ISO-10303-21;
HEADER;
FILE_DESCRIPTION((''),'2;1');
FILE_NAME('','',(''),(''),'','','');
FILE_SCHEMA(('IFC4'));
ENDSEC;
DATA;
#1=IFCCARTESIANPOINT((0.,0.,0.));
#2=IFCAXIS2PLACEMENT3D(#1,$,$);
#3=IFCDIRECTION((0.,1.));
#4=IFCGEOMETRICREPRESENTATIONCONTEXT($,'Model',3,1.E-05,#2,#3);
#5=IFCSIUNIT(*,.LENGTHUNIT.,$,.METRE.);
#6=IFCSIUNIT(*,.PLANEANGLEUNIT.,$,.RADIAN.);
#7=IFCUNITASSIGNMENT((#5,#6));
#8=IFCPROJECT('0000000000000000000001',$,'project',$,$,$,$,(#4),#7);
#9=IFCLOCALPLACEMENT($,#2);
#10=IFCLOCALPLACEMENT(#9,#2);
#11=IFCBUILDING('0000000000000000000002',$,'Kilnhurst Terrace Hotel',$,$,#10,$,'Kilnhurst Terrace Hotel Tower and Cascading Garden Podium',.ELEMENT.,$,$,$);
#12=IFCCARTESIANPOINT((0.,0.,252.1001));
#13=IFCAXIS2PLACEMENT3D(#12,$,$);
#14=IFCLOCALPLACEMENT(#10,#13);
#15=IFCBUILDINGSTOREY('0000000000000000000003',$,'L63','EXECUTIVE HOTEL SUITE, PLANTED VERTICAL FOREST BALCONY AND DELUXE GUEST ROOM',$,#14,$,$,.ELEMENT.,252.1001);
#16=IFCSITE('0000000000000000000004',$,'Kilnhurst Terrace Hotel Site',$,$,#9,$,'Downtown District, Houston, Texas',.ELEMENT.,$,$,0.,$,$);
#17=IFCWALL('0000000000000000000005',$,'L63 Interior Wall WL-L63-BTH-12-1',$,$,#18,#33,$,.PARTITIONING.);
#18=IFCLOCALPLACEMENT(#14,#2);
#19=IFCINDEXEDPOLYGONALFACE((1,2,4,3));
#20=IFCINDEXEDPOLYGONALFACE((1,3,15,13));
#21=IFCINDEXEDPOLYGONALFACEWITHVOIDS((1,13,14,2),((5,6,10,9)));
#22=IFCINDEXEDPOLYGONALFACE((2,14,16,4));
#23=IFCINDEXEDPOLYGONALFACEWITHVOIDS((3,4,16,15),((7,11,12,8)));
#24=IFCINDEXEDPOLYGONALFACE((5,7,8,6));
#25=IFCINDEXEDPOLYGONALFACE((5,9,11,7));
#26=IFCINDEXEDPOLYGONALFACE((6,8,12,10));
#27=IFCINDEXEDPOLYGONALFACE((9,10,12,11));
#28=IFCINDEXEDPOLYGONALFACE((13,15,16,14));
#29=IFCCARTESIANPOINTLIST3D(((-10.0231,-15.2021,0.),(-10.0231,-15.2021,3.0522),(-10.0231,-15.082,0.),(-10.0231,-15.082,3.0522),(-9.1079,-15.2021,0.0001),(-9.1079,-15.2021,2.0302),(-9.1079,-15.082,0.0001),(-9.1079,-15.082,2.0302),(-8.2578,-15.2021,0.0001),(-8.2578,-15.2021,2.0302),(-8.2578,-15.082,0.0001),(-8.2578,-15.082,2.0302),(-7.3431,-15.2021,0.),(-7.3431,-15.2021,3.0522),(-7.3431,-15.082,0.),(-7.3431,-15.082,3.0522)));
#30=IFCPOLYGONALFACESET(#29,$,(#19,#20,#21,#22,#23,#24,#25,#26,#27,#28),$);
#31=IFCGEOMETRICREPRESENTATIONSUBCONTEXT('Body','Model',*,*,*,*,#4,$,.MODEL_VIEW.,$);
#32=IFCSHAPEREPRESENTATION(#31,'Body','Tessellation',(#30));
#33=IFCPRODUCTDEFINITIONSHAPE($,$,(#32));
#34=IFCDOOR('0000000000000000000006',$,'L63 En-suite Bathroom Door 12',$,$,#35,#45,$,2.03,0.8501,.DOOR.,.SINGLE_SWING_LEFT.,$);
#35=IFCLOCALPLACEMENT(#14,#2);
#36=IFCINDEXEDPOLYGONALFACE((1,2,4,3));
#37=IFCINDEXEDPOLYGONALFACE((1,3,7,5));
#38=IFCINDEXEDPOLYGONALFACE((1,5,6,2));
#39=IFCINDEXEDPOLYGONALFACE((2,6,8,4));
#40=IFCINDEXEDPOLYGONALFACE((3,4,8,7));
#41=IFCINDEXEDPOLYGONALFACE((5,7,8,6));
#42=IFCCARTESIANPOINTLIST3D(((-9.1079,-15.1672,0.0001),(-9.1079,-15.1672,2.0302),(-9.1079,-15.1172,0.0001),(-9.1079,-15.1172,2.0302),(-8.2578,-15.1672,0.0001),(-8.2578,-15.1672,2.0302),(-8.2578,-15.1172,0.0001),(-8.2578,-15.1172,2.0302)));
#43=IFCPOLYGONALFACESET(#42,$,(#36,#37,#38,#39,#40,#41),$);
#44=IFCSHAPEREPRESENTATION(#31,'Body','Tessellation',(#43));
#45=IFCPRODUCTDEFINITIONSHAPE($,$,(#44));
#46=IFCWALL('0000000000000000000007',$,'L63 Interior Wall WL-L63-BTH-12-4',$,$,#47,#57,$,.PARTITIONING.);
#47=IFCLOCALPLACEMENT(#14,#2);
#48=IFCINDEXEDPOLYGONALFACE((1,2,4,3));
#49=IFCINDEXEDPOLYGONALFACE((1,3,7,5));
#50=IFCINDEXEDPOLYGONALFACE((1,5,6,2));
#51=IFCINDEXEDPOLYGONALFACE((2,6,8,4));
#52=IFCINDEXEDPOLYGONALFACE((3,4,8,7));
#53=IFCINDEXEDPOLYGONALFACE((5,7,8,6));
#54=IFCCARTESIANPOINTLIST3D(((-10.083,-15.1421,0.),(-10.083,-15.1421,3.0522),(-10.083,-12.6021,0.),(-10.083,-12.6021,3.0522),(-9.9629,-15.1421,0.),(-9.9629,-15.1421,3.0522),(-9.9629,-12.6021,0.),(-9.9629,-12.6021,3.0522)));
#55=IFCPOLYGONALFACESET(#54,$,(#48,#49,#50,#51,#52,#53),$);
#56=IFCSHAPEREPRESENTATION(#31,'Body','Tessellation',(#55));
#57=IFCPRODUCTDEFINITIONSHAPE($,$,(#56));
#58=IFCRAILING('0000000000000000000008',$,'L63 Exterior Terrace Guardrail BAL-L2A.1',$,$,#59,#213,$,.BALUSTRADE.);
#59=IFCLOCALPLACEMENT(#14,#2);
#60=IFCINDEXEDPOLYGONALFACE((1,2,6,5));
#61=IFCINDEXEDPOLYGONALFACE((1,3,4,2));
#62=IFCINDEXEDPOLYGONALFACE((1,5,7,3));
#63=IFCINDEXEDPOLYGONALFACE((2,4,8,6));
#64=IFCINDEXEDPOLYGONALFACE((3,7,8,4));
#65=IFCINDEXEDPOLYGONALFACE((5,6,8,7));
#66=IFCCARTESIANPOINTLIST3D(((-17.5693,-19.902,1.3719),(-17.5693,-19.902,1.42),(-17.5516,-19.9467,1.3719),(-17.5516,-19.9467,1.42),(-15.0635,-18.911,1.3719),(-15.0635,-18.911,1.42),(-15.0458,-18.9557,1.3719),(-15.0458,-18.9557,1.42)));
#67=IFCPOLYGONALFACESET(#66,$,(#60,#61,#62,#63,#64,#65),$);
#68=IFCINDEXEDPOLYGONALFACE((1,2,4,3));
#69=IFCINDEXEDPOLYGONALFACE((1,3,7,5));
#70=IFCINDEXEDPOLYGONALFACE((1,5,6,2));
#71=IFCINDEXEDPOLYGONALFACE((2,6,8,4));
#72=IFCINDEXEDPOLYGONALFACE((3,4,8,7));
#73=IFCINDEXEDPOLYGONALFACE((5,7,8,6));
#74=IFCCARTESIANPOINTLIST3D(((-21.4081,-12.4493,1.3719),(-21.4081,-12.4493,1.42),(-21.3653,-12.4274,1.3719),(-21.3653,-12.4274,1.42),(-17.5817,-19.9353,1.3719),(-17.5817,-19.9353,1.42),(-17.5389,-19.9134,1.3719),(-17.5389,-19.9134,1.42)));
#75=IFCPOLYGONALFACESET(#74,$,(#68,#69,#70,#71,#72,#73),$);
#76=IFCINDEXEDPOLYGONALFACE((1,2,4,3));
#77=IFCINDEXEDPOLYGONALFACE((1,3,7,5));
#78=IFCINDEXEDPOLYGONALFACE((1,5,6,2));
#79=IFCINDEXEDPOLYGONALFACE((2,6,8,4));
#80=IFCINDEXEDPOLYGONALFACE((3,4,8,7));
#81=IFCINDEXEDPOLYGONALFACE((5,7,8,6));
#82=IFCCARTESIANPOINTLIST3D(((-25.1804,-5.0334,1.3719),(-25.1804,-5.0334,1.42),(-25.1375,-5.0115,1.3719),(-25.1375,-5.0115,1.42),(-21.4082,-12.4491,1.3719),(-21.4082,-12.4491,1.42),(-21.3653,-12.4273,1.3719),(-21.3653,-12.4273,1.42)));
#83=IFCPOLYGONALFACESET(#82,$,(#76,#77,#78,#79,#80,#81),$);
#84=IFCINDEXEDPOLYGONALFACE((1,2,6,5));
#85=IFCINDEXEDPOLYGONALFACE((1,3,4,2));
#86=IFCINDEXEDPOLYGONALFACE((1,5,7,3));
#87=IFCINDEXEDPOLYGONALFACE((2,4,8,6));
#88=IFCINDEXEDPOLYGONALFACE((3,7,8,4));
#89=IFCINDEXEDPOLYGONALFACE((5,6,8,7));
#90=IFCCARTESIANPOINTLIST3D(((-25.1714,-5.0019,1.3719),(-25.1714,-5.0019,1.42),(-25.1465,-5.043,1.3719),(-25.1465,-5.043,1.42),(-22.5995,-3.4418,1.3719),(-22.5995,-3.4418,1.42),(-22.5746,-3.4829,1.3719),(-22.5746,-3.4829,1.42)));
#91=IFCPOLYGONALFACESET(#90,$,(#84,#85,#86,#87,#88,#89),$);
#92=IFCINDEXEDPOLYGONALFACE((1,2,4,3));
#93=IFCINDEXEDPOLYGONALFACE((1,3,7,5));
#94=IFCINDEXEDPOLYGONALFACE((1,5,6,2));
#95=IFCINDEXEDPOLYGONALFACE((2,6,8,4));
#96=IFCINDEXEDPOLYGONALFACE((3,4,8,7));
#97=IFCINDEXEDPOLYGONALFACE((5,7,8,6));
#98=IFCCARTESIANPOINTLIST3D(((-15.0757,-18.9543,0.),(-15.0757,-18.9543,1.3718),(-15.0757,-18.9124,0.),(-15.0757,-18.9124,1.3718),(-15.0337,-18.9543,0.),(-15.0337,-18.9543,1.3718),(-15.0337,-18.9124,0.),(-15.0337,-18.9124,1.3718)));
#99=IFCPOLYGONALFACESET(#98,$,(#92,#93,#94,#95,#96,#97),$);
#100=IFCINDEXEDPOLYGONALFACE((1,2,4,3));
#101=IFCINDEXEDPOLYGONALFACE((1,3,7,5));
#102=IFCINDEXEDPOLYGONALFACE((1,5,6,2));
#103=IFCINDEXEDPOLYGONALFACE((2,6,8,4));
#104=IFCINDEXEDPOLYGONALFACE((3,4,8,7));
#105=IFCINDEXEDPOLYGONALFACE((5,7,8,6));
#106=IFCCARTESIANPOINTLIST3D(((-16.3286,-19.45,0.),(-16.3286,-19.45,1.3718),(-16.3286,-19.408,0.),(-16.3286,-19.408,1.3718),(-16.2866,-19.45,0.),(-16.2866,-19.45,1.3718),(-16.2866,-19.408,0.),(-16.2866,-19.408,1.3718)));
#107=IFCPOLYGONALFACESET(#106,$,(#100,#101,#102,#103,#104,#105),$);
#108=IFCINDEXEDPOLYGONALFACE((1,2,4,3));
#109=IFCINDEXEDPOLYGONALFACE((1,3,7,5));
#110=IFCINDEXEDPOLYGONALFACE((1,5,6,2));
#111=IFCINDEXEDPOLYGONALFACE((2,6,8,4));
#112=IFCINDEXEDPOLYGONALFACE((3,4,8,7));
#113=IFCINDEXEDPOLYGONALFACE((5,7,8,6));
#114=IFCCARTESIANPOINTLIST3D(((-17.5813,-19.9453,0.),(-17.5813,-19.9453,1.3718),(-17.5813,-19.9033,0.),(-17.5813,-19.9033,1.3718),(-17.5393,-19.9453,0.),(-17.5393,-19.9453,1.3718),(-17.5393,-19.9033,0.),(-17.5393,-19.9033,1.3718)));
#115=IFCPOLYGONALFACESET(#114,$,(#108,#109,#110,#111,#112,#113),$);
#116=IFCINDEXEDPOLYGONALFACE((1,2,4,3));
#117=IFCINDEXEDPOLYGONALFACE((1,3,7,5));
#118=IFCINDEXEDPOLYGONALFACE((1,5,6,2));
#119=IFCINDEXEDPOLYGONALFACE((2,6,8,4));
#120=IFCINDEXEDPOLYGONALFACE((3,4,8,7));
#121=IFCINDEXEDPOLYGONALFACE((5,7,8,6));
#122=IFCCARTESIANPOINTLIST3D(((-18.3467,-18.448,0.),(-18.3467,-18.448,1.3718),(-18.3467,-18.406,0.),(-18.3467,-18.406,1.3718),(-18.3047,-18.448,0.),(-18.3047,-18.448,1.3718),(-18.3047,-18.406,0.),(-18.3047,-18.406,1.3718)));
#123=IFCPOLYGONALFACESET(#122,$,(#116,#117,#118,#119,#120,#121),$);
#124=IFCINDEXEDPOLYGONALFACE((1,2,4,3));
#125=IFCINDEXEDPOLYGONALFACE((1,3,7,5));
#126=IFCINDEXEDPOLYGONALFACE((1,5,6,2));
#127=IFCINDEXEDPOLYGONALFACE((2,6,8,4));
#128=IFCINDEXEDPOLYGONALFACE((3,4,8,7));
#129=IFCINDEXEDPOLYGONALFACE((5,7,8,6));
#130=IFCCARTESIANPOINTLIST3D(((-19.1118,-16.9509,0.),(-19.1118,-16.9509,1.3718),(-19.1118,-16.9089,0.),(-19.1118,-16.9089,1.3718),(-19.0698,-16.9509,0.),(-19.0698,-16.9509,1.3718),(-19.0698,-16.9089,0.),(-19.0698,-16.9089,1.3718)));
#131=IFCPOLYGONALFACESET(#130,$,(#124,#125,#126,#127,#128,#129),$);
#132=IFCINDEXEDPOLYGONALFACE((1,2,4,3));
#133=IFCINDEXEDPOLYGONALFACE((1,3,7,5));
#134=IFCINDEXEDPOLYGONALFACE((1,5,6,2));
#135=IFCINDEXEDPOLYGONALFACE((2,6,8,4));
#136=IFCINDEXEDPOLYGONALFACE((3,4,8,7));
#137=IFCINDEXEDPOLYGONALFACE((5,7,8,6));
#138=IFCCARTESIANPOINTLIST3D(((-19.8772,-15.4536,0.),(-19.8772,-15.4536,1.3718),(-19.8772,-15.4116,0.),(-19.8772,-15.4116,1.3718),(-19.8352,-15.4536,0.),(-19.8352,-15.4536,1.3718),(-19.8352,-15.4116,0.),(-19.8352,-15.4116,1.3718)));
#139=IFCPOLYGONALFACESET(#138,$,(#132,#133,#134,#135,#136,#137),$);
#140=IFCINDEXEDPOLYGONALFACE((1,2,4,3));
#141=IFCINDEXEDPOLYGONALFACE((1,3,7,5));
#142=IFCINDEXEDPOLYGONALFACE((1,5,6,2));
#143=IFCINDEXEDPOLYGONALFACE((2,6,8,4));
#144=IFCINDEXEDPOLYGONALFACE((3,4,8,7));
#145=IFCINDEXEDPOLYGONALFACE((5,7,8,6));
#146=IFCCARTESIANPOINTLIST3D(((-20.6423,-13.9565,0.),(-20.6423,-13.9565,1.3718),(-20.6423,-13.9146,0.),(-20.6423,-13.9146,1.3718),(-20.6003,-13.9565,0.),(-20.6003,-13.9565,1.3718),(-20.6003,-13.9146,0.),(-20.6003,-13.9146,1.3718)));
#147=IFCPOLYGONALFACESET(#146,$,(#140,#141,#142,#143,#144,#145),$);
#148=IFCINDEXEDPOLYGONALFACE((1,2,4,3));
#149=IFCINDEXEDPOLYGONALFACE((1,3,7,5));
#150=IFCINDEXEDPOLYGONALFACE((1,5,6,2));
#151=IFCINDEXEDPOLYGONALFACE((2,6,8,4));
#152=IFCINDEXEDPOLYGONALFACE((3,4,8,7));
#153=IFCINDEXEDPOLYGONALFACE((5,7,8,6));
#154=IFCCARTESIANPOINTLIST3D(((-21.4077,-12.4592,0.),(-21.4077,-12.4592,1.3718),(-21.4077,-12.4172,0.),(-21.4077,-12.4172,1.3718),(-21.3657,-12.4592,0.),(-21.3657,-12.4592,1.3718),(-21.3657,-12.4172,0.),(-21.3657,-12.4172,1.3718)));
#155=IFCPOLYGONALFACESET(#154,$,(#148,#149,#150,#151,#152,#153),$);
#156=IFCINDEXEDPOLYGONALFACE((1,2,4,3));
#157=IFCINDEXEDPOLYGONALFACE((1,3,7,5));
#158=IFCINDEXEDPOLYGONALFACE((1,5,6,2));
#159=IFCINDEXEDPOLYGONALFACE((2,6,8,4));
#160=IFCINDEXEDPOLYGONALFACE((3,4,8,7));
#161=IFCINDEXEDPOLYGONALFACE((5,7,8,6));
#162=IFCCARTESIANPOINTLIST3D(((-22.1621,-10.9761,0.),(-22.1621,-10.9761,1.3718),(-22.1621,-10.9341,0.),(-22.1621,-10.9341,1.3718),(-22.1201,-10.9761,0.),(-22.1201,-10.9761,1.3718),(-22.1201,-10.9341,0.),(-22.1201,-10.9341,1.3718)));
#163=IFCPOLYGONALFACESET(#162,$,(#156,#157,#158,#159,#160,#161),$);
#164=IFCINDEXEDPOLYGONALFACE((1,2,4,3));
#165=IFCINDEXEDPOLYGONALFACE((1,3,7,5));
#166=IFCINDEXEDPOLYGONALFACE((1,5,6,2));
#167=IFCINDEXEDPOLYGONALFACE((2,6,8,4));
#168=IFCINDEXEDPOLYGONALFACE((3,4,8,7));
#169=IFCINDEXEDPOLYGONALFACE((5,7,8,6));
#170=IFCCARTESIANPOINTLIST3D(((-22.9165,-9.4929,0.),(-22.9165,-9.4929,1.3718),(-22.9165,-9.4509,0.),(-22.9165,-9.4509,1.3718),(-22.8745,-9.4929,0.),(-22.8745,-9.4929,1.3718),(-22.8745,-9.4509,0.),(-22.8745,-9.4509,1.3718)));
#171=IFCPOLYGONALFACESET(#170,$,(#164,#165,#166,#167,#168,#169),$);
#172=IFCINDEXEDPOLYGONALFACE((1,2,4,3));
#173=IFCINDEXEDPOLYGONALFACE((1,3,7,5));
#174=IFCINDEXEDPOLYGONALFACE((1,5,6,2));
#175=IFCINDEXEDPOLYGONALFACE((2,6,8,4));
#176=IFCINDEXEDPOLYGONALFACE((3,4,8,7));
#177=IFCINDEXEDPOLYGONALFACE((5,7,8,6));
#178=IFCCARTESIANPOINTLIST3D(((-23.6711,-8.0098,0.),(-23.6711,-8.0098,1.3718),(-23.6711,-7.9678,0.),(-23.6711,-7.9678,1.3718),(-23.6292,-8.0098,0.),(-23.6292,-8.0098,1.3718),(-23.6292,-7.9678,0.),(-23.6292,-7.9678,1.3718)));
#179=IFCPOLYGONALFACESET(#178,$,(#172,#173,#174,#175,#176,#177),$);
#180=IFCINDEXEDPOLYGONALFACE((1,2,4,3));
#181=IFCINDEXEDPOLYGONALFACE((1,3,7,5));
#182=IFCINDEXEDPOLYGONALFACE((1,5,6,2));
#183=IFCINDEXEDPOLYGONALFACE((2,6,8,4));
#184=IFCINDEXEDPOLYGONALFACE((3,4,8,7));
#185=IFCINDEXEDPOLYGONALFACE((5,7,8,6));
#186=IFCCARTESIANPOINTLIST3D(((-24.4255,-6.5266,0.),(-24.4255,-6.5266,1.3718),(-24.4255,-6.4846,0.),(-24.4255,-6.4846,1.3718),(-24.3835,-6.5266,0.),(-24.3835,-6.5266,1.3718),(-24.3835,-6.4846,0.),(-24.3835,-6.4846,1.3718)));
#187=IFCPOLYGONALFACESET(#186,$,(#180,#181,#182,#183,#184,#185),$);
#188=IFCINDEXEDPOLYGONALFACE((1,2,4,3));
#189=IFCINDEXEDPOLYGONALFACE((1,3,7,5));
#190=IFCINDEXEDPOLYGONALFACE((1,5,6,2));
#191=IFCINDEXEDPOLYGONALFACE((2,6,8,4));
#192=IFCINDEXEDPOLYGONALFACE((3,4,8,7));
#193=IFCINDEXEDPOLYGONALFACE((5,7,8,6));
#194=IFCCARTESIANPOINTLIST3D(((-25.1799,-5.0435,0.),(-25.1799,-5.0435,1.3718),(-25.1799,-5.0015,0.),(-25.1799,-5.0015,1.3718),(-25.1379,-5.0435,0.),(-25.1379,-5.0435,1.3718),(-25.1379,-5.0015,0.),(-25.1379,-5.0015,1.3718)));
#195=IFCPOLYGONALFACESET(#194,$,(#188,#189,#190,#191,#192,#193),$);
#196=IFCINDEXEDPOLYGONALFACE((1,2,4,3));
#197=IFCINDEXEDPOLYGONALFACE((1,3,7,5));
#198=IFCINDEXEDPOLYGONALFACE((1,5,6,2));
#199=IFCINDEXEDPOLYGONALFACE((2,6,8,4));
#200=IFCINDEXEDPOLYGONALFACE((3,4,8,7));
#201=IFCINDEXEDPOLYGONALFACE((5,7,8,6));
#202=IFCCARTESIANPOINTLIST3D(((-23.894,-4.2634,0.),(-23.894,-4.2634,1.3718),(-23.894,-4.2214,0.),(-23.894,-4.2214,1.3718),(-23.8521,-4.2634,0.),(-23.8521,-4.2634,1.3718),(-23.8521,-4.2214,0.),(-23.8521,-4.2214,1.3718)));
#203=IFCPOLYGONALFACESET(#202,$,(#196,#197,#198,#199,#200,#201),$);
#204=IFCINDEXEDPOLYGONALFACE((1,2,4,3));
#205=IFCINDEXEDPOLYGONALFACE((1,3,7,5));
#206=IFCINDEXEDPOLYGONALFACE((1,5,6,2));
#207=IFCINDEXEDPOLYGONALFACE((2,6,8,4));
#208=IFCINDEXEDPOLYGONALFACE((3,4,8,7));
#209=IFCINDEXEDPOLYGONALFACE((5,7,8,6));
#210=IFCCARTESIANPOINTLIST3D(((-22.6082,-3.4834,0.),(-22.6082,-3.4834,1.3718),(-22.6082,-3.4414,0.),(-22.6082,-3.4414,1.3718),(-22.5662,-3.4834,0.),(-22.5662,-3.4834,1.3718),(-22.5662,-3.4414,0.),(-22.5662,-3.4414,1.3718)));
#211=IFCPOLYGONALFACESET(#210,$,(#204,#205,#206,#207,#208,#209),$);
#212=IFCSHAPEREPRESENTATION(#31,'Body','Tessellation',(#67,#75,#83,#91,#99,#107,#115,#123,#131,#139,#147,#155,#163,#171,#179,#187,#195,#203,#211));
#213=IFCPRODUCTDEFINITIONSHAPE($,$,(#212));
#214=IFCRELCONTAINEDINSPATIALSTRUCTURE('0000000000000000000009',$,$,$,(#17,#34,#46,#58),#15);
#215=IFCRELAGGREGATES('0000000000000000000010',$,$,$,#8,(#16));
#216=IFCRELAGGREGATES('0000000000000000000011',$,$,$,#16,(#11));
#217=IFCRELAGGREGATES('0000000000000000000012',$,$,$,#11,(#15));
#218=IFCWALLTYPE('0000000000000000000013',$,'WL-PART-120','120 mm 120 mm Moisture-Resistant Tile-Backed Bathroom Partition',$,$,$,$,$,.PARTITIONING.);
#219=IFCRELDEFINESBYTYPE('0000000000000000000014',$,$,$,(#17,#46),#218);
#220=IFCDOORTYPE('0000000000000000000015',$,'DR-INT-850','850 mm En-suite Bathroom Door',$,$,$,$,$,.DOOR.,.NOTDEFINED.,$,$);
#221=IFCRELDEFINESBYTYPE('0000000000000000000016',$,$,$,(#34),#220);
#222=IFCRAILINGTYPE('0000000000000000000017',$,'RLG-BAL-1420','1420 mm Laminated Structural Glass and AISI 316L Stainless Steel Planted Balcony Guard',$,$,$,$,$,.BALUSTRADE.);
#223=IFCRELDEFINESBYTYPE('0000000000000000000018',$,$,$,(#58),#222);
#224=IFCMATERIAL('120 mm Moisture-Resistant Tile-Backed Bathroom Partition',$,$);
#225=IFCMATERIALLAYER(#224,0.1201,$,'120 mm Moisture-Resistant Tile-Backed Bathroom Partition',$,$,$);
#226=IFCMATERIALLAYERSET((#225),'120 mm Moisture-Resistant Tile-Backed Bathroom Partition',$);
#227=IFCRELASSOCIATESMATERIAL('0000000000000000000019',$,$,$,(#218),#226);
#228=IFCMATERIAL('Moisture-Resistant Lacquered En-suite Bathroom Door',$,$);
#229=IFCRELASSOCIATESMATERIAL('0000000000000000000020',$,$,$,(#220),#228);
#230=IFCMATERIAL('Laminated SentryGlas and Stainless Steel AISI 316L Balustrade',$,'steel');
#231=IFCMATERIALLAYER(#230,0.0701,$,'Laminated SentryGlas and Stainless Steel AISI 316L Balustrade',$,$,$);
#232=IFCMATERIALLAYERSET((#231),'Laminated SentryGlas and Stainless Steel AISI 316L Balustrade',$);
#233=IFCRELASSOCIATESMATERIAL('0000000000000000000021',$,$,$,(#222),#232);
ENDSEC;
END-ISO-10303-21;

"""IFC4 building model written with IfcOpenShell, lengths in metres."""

from ifc_helpers import new_model, si_unit, direction, frame, frame_2d, origin, origin_2d, place, context, subcontext, project, spatial, rectangle, extrude, material, layer, layer_set, type_object, element, fill, save


model = new_model("IFC4")

# Units and contexts
model_context = context("Model", 3, precision=1e-05, world=origin(), true_north=direction((0.0, 1.0)))
body_context = subcontext(model_context, "Body", "Model", "MODEL_VIEW")
ifc_project = project(units=[si_unit("LENGTHUNIT", "METRE"), si_unit("PLANEANGLEUNIT", "RADIAN")], contexts=[model_context])

# Site, building, storey
site_placement = place(None, origin())
site = spatial("IfcSite", under=ifc_project, at=site_placement, Name="Kilnhurst Terrace Hotel Site", LongName="Downtown District, Houston, Texas", CompositionType="ELEMENT", RefElevation=0.0)
building_placement = place(site_placement, origin())
building = spatial("IfcBuilding", under=site, at=building_placement, Name="Kilnhurst Terrace Hotel", LongName="Kilnhurst Terrace Hotel Tower and Cascading Garden Podium", CompositionType="ELEMENT")
storey_placement = place(building_placement, frame((0.0, 0.0, 252.1001)))
storey = spatial("IfcBuildingStorey", under=building, at=storey_placement, Name="L63", Description="EXECUTIVE HOTEL SUITE, PLANTED VERTICAL FOREST BALCONY AND DELUXE GUEST ROOM", CompositionType="ELEMENT", Elevation=252.1001)

# Shared definitions
ifc_material_1 = material(Name="120 mm Moisture-Resistant Tile-Backed Bathroom Partition")
ifc_layer_1 = layer(ifc_material_1, 0.1201, Name="120 mm Moisture-Resistant Tile-Backed Bathroom Partition")
ifc_layer_set_1 = layer_set([ifc_layer_1], Name="120 mm Moisture-Resistant Tile-Backed Bathroom Partition")
wall_type_1 = type_object("IfcWallType", Name="WL-PART-120", Description="120 mm 120 mm Moisture-Resistant Tile-Backed Bathroom Partition", PredefinedType="PARTITIONING", material=ifc_layer_set_1)
ifc_material_2 = material(Name="Moisture-Resistant Lacquered En-suite Bathroom Door")
door_type_1 = type_object("IfcDoorType", Name="DR-INT-850", Description="850 mm En-suite Bathroom Door", OperationType="NOTDEFINED", PredefinedType="DOOR", material=ifc_material_2)

# Wall, opening, door
wall_1_placement = place(storey_placement, frame((-10.0229, -15.1421, 0.0), z_axis=(0.0, 0.0, 1.0), x_axis=(1.0, 0.0, 0.0)))
wall_1 = element("IfcWall", 1, at=wall_1_placement, inside=storey, type_object=wall_type_1, Name="L63 Interior Wall WL-L63-BTH-12-1", PredefinedType="PARTITIONING", context=body_context, shape_type="SweptSolid", body=[
    extrude(rectangle(XDim=2.6799, YDim=0.1201, at=frame_2d((1.3398, 0.0))), origin(), (0.0, 0.0, 1.0), 3.0522),
])
opening_1_placement = place(wall_1_placement, frame((0.915, 0.0, 0.0)))
opening_1 = element("IfcOpeningElement", 2, at=opening_1_placement, cuts=wall_1, PredefinedType="OPENING", context=body_context, shape_type="SweptSolid", body=[
    extrude(rectangle(XDim=0.8501, YDim=2.03, at=frame_2d((0.425, 1.0151))), frame((0.0, 0.0701, 0.0), z_axis=(0.0, -1.0, 0.0), x_axis=(1.0, 0.0, 0.0)), (0.0, 0.0, 1.0), 0.1401),
])
door_1_placement = place(opening_1_placement, origin())
door_1 = element("IfcDoor", 3, at=door_1_placement, inside=storey, type_object=door_type_1, Name="L63 En-suite Bathroom Door 12", OperationType="SINGLE_SWING_LEFT", OverallHeight=2.03, OverallWidth=0.8501, PredefinedType="DOOR", context=body_context, shape_type="SweptSolid", body=[
    extrude(rectangle(XDim=0.8501, YDim=2.03, at=frame_2d((0.425, 1.0151))), frame((0.0, 0.0249, 0.0), z_axis=(0.0, -1.0, 0.0), x_axis=(1.0, 0.0, 0.0)), (0.0, 0.0, 1.0), 0.05),
])
fill(opening_1, door_1)

# Wall
wall_2_placement = place(storey_placement, frame((-10.0229, -12.6021, 0.0), z_axis=(0.0, 0.0, 1.0), x_axis=(0.0, -1.0, 0.0)))
element("IfcWall", 4, at=wall_2_placement, inside=storey, type_object=wall_type_1, Name="L63 Interior Wall WL-L63-BTH-12-4", PredefinedType="PARTITIONING", context=body_context, shape_type="SweptSolid", body=[
    extrude(rectangle(XDim=2.54, YDim=0.1201, at=frame_2d((1.27, 0.0))), origin(), (0.0, 0.0, 1.0), 3.0522),
])

# Railing
ifc_material_3 = material(Name="Laminated SentryGlas and Stainless Steel AISI 316L Balustrade", Category="steel")
ifc_layer_2 = layer(ifc_material_3, 0.0701, Name="Laminated SentryGlas and Stainless Steel AISI 316L Balustrade")
ifc_layer_set_2 = layer_set([ifc_layer_2], Name="Laminated SentryGlas and Stainless Steel AISI 316L Balustrade")
railing_type = type_object("IfcRailingType", Name="RLG-BAL-1420", Description="1420 mm Laminated Structural Glass and AISI 316L Stainless Steel Planted Balcony Guard", PredefinedType="BALUSTRADE", material=ifc_layer_set_2)
railing_placement = place(storey_placement, frame((-15.0547, -18.9333, 0.0)))
element("IfcRailing", 5, at=railing_placement, inside=storey, type_object=railing_type, Name="L63 Exterior Terrace Guardrail BAL-L2A.1", PredefinedType="BALUSTRADE", context=body_context, shape_type="SweptSolid", body=[
    extrude(rectangle(XDim=0.0481, YDim=0.0481, at=origin_2d()), frame((0.0, 0.0, 1.396), z_axis=(-0.929913, -0.367779, 0.0), x_axis=(0.367779, -0.929913, 0.0)), (0.0, 0.0, 1.0), 2.6946),
    extrude(rectangle(XDim=0.0481, YDim=0.0481, at=origin_2d()), frame((-2.5056, -0.991, 1.396), z_axis=(-0.455129, 0.890425, 0.0), x_axis=(-0.890425, -0.455129, 0.0)), (0.0, 0.0, 1.0), 8.4072),
    extrude(rectangle(XDim=0.0481, YDim=0.0481, at=origin_2d()), frame((-6.332, 6.4951, 1.396), z_axis=(-0.453389, 0.891313, 0.0), x_axis=(-0.891313, -0.453389, 0.0)), (0.0, 0.0, 1.0), 8.3201),
    extrude(rectangle(XDim=0.0481, YDim=0.0481, at=origin_2d()), frame((-10.1042, 13.9109, 1.396), z_axis=(0.854991, 0.518643, 0.0), x_axis=(-0.518643, 0.854991, 0.0)), (0.0, 0.0, 1.0), 3.0081),
    extrude(rectangle(XDim=0.042, YDim=0.042, at=origin_2d()), origin(), (0.0, 0.0, 1.0), 1.3718),
    extrude(rectangle(XDim=0.042, YDim=0.042, at=origin_2d()), frame((-1.2529, -0.4956, 0.0)), (0.0, 0.0, 1.0), 1.3718),
    extrude(rectangle(XDim=0.042, YDim=0.042, at=origin_2d()), frame((-2.5056, -0.991, 0.0)), (0.0, 0.0, 1.0), 1.3718),
    extrude(rectangle(XDim=0.042, YDim=0.042, at=origin_2d()), frame((-3.271, 0.5063, 0.0)), (0.0, 0.0, 1.0), 1.3718),
    extrude(rectangle(XDim=0.042, YDim=0.042, at=origin_2d()), frame((-4.0361, 2.0034, 0.0)), (0.0, 0.0, 1.0), 1.3718),
    extrude(rectangle(XDim=0.042, YDim=0.042, at=origin_2d()), frame((-4.8015, 3.5007, 0.0)), (0.0, 0.0, 1.0), 1.3718),
    extrude(rectangle(XDim=0.042, YDim=0.042, at=origin_2d()), frame((-5.5667, 4.9978, 0.0)), (0.0, 0.0, 1.0), 1.3718),
    extrude(rectangle(XDim=0.042, YDim=0.042, at=origin_2d()), frame((-6.332, 6.4951, 0.0)), (0.0, 0.0, 1.0), 1.3718),
    extrude(rectangle(XDim=0.042, YDim=0.042, at=origin_2d()), frame((-7.0864, 7.9783, 0.0)), (0.0, 0.0, 1.0), 1.3718),
    extrude(rectangle(XDim=0.042, YDim=0.042, at=origin_2d()), frame((-7.8408, 9.4614, 0.0)), (0.0, 0.0, 1.0), 1.3718),
    extrude(rectangle(XDim=0.042, YDim=0.042, at=origin_2d()), frame((-8.5955, 10.9446, 0.0)), (0.0, 0.0, 1.0), 1.3718),
    extrude(rectangle(XDim=0.042, YDim=0.042, at=origin_2d()), frame((-9.3499, 12.4277, 0.0)), (0.0, 0.0, 1.0), 1.3718),
    extrude(rectangle(XDim=0.042, YDim=0.042, at=origin_2d()), frame((-10.1042, 13.9109, 0.0)), (0.0, 0.0, 1.0), 1.3718),
    extrude(rectangle(XDim=0.042, YDim=0.042, at=origin_2d()), frame((-8.8184, 14.6909, 0.0)), (0.0, 0.0, 1.0), 1.3718),
    extrude(rectangle(XDim=0.042, YDim=0.042, at=origin_2d()), frame((-7.5325, 15.4709, 0.0)), (0.0, 0.0, 1.0), 1.3718),
])

save(model, "model.ifc")
